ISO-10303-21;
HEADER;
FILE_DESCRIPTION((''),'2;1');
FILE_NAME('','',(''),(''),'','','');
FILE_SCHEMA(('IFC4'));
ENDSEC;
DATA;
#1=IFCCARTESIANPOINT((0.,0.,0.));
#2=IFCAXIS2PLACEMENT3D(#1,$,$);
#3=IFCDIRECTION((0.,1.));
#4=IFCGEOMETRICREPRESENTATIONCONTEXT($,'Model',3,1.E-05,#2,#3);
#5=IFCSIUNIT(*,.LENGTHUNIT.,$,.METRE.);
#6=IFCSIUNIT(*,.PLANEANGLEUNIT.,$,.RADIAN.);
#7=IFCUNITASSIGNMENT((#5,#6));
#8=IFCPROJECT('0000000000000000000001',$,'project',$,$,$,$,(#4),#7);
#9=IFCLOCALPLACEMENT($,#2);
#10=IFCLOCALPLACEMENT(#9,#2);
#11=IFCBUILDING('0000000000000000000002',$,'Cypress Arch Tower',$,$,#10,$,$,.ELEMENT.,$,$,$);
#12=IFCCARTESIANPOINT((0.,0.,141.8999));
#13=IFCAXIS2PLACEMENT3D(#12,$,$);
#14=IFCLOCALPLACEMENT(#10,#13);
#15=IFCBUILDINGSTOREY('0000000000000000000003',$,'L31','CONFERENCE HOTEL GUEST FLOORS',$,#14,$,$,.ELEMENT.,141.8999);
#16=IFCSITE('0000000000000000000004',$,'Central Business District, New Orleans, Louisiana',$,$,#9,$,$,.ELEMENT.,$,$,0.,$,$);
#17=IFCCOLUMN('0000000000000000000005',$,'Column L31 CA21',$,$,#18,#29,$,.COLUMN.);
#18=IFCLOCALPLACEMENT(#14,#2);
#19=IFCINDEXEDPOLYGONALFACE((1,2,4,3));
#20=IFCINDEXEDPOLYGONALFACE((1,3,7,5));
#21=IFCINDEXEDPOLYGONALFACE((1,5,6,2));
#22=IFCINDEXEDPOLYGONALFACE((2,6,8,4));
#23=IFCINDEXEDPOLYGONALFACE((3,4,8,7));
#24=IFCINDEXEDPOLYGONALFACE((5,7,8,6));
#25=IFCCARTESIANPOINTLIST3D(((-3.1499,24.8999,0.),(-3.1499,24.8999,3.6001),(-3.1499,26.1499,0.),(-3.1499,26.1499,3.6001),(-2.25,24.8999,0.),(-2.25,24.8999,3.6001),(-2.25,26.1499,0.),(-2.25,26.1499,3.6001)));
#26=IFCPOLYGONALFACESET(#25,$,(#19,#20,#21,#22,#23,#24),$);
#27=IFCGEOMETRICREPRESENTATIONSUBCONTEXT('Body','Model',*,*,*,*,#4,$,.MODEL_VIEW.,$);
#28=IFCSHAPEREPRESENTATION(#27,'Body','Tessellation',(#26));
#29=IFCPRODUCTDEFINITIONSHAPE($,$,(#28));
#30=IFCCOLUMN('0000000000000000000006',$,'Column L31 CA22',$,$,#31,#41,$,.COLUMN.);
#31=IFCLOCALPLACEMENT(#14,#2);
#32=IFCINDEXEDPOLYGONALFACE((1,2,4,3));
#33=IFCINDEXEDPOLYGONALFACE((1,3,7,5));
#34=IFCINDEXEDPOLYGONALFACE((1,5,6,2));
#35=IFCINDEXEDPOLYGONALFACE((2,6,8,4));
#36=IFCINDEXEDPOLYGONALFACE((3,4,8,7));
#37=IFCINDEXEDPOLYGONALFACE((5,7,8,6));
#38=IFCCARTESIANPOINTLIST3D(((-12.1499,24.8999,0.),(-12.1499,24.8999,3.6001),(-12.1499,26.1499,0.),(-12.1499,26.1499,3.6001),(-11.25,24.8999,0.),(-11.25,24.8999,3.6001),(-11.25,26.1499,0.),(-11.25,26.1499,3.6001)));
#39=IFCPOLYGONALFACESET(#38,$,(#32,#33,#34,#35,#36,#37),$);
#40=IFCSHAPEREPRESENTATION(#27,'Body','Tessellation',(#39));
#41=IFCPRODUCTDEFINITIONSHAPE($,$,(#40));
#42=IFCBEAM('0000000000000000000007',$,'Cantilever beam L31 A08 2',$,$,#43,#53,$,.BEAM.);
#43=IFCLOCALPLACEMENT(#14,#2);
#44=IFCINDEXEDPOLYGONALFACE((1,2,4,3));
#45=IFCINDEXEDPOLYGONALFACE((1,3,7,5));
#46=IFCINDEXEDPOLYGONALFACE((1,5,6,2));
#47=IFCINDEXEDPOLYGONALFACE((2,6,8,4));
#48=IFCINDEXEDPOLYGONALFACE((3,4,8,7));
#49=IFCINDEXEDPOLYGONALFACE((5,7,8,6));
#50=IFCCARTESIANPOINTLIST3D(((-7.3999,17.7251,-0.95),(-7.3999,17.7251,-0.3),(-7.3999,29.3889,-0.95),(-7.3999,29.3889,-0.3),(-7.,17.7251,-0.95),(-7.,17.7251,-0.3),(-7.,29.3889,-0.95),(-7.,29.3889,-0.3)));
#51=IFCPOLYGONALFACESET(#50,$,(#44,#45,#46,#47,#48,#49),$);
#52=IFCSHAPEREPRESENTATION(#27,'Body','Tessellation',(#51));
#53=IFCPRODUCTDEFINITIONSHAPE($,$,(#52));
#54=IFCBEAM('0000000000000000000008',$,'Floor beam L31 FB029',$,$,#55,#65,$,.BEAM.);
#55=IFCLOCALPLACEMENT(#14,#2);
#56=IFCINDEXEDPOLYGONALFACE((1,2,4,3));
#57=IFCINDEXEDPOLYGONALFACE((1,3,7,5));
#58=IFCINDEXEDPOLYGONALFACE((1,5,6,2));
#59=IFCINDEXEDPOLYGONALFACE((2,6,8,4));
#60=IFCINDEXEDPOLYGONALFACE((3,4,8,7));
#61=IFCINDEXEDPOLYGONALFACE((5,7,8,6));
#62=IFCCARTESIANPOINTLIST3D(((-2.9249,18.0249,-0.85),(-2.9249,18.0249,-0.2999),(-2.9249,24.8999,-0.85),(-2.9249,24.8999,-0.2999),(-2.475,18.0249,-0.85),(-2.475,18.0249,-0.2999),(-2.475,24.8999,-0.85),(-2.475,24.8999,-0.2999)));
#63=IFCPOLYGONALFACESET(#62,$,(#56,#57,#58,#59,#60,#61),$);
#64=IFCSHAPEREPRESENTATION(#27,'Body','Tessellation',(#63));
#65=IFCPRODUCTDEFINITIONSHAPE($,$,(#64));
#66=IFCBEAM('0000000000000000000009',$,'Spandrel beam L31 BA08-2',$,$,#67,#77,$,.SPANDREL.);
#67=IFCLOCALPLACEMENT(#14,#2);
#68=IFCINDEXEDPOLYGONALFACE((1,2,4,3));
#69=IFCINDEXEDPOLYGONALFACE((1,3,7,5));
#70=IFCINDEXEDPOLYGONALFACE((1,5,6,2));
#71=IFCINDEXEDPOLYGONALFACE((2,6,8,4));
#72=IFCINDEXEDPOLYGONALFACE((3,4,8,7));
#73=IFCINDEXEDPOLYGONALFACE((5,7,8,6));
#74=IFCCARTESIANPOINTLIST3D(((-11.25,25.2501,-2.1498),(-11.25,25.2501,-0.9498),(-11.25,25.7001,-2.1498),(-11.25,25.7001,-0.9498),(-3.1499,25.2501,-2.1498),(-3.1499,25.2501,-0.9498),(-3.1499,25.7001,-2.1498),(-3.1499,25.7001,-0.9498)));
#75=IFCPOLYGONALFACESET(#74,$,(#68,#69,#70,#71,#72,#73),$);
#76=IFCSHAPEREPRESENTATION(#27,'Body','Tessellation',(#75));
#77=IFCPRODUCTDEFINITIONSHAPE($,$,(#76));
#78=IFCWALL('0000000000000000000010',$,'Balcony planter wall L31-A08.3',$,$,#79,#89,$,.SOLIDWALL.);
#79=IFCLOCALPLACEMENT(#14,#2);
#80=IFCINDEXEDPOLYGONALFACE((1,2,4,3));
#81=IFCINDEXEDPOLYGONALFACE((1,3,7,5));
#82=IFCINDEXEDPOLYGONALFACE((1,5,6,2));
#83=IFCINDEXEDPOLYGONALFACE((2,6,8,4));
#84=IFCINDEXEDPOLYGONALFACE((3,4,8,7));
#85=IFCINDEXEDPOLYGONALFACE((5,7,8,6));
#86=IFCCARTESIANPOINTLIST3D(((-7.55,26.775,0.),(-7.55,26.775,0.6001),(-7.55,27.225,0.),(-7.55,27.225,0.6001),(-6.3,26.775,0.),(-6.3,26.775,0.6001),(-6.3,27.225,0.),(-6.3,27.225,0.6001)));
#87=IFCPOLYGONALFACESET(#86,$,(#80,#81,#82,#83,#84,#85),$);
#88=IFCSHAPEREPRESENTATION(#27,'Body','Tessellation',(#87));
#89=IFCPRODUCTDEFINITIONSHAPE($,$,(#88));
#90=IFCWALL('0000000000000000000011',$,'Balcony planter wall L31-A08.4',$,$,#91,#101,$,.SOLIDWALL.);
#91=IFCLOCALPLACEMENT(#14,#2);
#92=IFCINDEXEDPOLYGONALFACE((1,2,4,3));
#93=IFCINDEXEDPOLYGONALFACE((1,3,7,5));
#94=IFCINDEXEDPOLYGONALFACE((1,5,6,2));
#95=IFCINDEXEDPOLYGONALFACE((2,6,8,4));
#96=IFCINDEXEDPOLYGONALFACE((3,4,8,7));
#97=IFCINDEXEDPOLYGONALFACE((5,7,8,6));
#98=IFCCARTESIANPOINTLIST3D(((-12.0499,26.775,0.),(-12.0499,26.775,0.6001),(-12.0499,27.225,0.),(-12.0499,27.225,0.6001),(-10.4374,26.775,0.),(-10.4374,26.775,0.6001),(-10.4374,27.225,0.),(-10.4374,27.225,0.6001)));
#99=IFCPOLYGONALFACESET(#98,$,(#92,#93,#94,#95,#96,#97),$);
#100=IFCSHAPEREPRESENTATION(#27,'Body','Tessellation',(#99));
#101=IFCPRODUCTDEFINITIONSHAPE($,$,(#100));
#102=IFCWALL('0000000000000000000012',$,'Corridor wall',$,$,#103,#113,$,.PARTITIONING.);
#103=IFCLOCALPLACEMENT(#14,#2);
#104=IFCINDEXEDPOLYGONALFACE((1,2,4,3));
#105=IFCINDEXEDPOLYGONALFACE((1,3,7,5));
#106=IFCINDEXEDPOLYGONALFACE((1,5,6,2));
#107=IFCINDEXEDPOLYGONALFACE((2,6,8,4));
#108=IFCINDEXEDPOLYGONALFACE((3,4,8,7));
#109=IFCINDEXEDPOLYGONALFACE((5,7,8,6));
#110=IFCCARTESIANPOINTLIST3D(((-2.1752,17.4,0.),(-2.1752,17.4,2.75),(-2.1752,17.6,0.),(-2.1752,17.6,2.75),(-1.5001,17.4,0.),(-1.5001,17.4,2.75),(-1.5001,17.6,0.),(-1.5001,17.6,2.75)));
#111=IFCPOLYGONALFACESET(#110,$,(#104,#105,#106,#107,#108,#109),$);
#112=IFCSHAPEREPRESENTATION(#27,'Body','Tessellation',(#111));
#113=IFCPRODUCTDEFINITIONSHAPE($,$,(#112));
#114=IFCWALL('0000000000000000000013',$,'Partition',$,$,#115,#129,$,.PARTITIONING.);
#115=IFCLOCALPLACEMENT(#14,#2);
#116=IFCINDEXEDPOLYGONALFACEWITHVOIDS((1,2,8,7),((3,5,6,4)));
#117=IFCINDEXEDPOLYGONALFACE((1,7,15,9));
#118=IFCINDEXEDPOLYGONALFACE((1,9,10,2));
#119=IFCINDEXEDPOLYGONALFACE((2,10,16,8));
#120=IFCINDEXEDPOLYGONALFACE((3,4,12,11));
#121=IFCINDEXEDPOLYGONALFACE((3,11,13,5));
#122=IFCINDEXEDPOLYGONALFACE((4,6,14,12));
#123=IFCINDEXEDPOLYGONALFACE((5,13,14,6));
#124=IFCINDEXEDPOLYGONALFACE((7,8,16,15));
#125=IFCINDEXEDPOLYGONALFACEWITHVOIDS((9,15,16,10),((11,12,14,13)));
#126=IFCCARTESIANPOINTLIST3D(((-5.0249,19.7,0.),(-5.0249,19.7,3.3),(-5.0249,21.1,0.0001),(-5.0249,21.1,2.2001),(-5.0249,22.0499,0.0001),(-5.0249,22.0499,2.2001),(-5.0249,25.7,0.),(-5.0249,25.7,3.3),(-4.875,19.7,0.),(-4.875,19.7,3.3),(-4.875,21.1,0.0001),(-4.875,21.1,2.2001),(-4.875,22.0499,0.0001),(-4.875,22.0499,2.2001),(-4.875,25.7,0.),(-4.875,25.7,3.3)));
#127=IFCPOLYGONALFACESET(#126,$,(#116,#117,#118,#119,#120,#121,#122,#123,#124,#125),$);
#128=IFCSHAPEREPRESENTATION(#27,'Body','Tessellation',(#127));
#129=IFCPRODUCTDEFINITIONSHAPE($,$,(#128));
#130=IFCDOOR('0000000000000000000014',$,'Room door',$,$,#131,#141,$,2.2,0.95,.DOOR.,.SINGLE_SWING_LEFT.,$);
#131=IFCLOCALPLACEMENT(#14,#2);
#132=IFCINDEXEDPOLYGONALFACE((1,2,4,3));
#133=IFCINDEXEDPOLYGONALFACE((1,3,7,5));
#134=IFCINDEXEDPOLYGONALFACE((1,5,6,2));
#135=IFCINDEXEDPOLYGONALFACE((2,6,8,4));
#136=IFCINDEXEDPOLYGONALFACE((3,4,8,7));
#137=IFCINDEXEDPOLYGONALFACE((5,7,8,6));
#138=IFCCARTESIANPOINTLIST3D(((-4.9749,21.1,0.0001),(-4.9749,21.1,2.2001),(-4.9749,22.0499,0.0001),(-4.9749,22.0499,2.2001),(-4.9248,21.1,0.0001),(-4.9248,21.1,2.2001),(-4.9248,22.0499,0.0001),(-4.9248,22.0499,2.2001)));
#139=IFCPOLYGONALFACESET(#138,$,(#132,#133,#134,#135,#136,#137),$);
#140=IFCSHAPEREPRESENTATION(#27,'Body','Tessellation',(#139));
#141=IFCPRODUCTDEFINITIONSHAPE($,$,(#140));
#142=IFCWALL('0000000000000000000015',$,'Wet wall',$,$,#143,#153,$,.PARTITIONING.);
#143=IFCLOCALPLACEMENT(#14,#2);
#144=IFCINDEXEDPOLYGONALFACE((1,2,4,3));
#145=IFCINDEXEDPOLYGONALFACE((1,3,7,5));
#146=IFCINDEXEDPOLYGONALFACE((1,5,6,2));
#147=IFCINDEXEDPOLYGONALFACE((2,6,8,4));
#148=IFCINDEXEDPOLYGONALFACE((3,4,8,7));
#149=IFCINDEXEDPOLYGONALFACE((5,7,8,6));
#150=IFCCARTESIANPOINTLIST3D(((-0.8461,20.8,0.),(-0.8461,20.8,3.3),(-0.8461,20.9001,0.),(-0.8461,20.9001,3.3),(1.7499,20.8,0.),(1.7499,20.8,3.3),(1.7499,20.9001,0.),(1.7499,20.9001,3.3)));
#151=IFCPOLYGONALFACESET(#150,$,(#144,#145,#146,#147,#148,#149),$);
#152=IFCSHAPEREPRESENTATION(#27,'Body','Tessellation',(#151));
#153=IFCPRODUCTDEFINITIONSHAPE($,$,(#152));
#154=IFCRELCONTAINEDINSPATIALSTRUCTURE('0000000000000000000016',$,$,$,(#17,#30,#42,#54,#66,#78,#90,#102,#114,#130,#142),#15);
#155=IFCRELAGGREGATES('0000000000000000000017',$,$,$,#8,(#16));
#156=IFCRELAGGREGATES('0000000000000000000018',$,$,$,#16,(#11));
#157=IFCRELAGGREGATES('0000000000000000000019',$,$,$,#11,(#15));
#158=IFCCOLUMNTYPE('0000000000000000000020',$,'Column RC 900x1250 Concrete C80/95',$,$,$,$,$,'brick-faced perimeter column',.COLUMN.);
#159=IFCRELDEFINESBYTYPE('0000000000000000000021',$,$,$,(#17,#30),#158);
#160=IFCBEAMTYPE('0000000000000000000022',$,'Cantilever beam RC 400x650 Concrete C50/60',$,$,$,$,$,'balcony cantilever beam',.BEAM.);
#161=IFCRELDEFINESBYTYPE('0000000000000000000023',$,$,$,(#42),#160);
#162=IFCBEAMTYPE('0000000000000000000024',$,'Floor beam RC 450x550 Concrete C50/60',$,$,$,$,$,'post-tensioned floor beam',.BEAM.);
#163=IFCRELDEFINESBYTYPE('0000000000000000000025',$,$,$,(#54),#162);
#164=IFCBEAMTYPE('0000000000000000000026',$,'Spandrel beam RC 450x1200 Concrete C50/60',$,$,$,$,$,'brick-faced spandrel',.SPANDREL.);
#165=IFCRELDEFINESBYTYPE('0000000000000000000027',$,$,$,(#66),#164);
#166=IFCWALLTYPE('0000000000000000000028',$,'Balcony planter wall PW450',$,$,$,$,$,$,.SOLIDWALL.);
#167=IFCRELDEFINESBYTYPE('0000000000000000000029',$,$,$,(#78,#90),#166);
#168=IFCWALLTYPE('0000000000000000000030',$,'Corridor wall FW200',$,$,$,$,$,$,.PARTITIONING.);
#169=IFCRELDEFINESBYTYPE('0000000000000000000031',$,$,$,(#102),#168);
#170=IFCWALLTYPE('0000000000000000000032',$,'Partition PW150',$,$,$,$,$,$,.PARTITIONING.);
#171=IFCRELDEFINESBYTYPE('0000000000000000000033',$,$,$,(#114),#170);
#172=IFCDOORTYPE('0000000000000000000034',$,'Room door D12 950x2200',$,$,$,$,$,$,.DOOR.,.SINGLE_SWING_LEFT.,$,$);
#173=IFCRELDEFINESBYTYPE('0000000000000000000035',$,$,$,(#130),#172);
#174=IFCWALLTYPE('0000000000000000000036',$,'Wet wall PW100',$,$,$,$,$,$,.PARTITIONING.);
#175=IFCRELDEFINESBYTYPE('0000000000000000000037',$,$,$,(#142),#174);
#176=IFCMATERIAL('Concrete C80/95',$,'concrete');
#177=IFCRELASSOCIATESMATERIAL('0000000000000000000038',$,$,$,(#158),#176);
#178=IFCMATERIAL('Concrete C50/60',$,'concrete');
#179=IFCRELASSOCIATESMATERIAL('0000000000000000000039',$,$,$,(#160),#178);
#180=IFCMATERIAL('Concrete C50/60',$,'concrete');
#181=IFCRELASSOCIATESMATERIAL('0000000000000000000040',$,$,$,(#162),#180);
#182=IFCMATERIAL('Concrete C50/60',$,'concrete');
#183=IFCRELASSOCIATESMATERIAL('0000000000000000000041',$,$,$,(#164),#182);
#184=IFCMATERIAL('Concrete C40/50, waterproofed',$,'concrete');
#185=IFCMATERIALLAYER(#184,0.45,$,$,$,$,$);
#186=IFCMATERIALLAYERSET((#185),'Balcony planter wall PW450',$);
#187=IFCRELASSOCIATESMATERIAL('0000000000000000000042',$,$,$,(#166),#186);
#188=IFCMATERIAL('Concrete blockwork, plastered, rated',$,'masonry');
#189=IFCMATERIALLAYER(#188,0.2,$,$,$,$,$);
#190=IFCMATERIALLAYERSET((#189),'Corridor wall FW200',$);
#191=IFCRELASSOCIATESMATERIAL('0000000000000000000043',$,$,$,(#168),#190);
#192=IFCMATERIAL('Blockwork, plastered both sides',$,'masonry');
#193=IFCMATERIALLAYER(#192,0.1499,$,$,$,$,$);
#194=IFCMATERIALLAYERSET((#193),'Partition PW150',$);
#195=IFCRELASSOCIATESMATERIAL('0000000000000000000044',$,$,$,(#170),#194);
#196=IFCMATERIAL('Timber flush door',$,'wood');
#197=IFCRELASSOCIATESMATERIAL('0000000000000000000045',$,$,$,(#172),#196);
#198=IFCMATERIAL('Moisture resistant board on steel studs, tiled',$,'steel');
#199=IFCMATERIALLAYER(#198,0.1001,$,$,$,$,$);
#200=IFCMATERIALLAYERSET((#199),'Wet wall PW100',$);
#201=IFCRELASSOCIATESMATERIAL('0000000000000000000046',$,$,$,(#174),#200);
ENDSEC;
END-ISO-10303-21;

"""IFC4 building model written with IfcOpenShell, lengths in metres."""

from ifc_helpers import new_model, si_unit, direction, frame, frame_2d, origin, origin_2d, place, context, subcontext, project, spatial, rectangle, extrude, material, layer, layer_set, material_profile, profile_set, type_object, element, fill, save


model = new_model("IFC4")

# Units and contexts
model_context = context("Model", 3, precision=1e-05, world=origin(), true_north=direction((0.0, 1.0)))
body_context = subcontext(model_context, "Body", "Model", "MODEL_VIEW")
ifc_project = project(units=[si_unit("LENGTHUNIT", "METRE"), si_unit("PLANEANGLEUNIT", "RADIAN")], contexts=[model_context])

# Site, building, storey
site_placement = place(None, origin())
site = spatial("IfcSite", under=ifc_project, at=site_placement, Name="Central Business District, New Orleans, Louisiana", CompositionType="ELEMENT", RefElevation=0.0)
building_placement = place(site_placement, origin())
building = spatial("IfcBuilding", under=site, at=building_placement, Name="Cypress Arch Tower", CompositionType="ELEMENT")
storey_placement = place(building_placement, frame((0.0, 0.0, 141.8999)))
storey = spatial("IfcBuildingStorey", under=building, at=storey_placement, Name="L31", Description="CONFERENCE HOTEL GUEST FLOORS", CompositionType="ELEMENT", Elevation=141.8999)

# Columns
ifc_material_1 = material(Name="Concrete C80/95", Category="concrete")
ifc_material_profile_1 = material_profile(ifc_material_1, rectangle(XDim=0.8999, YDim=1.25, at=origin_2d()), Name="RC 900x1250")
ifc_profile_set_1 = profile_set([ifc_material_profile_1], Name="Concrete C80/95")
column_type = type_object("IfcColumnType", Name="Column RC 900x1250 Concrete C80/95", ElementType="brick-faced perimeter column", PredefinedType="COLUMN", material=ifc_profile_set_1)
for number, where, z_axis, x_axis, name in (
    (1, (-2.7, 25.5249, 0.0), (0.0, 0.0, 1.0), (-1.0, 0.0, 0.0), "Column L31 CA21"),
    (2, (-11.7, 25.5249, 0.0), (0.0, 0.0, 1.0), (-1.0, 0.0, 0.0), "Column L31 CA22"),
):
    element("IfcColumn", number, at=place(storey_placement, frame(where, z_axis=z_axis, x_axis=x_axis)), inside=storey, type_object=column_type, Name=name, PredefinedType="COLUMN", context=body_context, shape_type="SweptSolid", body=[
        extrude(rectangle(XDim=0.8999, YDim=1.25, at=origin_2d()), origin(), (0.0, 0.0, 1.0), 3.6001),
    ])

# Beams
ifc_material_2 = material(Name="Concrete C50/60", Category="concrete")
ifc_material_profile_2 = material_profile(ifc_material_2, rectangle(XDim=0.3999, YDim=0.6499, at=origin_2d()), Name="RC 400x650")
ifc_profile_set_2 = profile_set([ifc_material_profile_2], Name="Concrete C50/60")
beam_type_1 = type_object("IfcBeamType", Name="Cantilever beam RC 400x650 Concrete C50/60", ElementType="balcony cantilever beam", PredefinedType="BEAM", material=ifc_profile_set_2)
beam_1_placement = place(storey_placement, frame((-7.2, 17.7251, -0.625), z_axis=(0.0, 1.0, 0.0), x_axis=(-1.0, 0.0, 0.0)))
element("IfcBeam", 3, at=beam_1_placement, inside=storey, type_object=beam_type_1, Name="Cantilever beam L31 A08 2", PredefinedType="BEAM", context=body_context, shape_type="SweptSolid", body=[
    extrude(rectangle(XDim=0.3999, YDim=0.6499, at=origin_2d()), origin(), (0.0, 0.0, 1.0), 11.6638),
])
ifc_material_3 = material(Name="Concrete C50/60", Category="concrete")
ifc_material_profile_3 = material_profile(ifc_material_3, rectangle(XDim=0.45, YDim=0.55, at=origin_2d()), Name="RC 450x550")
ifc_profile_set_3 = profile_set([ifc_material_profile_3], Name="Concrete C50/60")
beam_type_2 = type_object("IfcBeamType", Name="Floor beam RC 450x550 Concrete C50/60", ElementType="post-tensioned floor beam", PredefinedType="BEAM", material=ifc_profile_set_3)
beam_2_placement = place(storey_placement, frame((-2.7, 18.0249, -0.575), z_axis=(0.0, 1.0, 0.0), x_axis=(-1.0, 0.0, 0.0)))
element("IfcBeam", 4, at=beam_2_placement, inside=storey, type_object=beam_type_2, Name="Floor beam L31 FB029", PredefinedType="BEAM", context=body_context, shape_type="SweptSolid", body=[
    extrude(rectangle(XDim=0.45, YDim=0.55, at=origin_2d()), origin(), (0.0, 0.0, 1.0), 6.875),
])
ifc_material_4 = material(Name="Concrete C50/60", Category="concrete")
ifc_material_profile_4 = material_profile(ifc_material_4, rectangle(XDim=0.45, YDim=1.2, at=origin_2d()), Name="RC 450x1200")
ifc_profile_set_4 = profile_set([ifc_material_profile_4], Name="Concrete C50/60")
beam_type_3 = type_object("IfcBeamType", Name="Spandrel beam RC 450x1200 Concrete C50/60", ElementType="brick-faced spandrel", PredefinedType="SPANDREL", material=ifc_profile_set_4)
beam_3_placement = place(storey_placement, frame((-3.1499, 25.4751, -1.5498), z_axis=(-1.0, 0.0, 0.0), x_axis=(0.0, -1.0, 0.0)))
element("IfcBeam", 5, at=beam_3_placement, inside=storey, type_object=beam_type_3, Name="Spandrel beam L31 BA08-2", PredefinedType="SPANDREL", context=body_context, shape_type="SweptSolid", body=[
    extrude(rectangle(XDim=0.45, YDim=1.2, at=origin_2d()), origin(), (0.0, 0.0, 1.0), 8.1001),
])

# Walls
ifc_material_5 = material(Name="Concrete C40/50, waterproofed", Category="concrete")
ifc_layer_1 = layer(ifc_material_5, 0.45)
ifc_layer_set_1 = layer_set([ifc_layer_1], Name="Balcony planter wall PW450")
wall_type_1 = type_object("IfcWallType", Name="Balcony planter wall PW450", PredefinedType="SOLIDWALL", material=ifc_layer_set_1)
wall_1_placement = place(storey_placement, frame((-6.3, 27.0, 0.0), z_axis=(0.0, 0.0, 1.0), x_axis=(-1.0, 0.0, 0.0)))
element("IfcWall", 6, at=wall_1_placement, inside=storey, type_object=wall_type_1, Name="Balcony planter wall L31-A08.3", PredefinedType="SOLIDWALL", context=body_context, shape_type="SweptSolid", body=[
    extrude(rectangle(XDim=1.25, YDim=0.45, at=frame_2d((0.625, 0.0))), origin(), (0.0, 0.0, 1.0), 0.6001),
])
wall_2_placement = place(storey_placement, frame((-10.4375, 27.0, 0.0), z_axis=(0.0, 0.0, 1.0), x_axis=(-1.0, 0.0, 0.0)))
element("IfcWall", 7, at=wall_2_placement, inside=storey, type_object=wall_type_1, Name="Balcony planter wall L31-A08.4", PredefinedType="SOLIDWALL", context=body_context, shape_type="SweptSolid", body=[
    extrude(rectangle(XDim=1.6125, YDim=0.45, at=frame_2d((0.8062, 0.0))), origin(), (0.0, 0.0, 1.0), 0.6001),
])

# Wall
ifc_material_6 = material(Name="Concrete blockwork, plastered, rated", Category="masonry")
ifc_layer_2 = layer(ifc_material_6, 0.2)
ifc_layer_set_2 = layer_set([ifc_layer_2], Name="Corridor wall FW200")
wall_type_2 = type_object("IfcWallType", Name="Corridor wall FW200", PredefinedType="PARTITIONING", material=ifc_layer_set_2)
wall_3_placement = place(storey_placement, frame((-2.175, 17.5, 0.0), z_axis=(0.0, 0.0, 1.0), x_axis=(1.0, 0.0, 0.0)))
element("IfcWall", 8, at=wall_3_placement, inside=storey, type_object=wall_type_2, Name="Corridor wall", PredefinedType="PARTITIONING", context=body_context, shape_type="SweptSolid", body=[
    extrude(rectangle(XDim=0.675, YDim=0.2, at=frame_2d((0.3374, 0.0))), origin(), (0.0, 0.0, 1.0), 2.75),
])

# Wall, opening, door
ifc_material_7 = material(Name="Blockwork, plastered both sides", Category="masonry")
ifc_layer_3 = layer(ifc_material_7, 0.1499)
ifc_layer_set_3 = layer_set([ifc_layer_3], Name="Partition PW150")
wall_type_3 = type_object("IfcWallType", Name="Partition PW150", PredefinedType="PARTITIONING", material=ifc_layer_set_3)
wall_4_placement = place(storey_placement, frame((-4.95, 19.7, 0.0), z_axis=(0.0, 0.0, 1.0), x_axis=(0.0, 1.0, 0.0)))
wall_4 = element("IfcWall", 9, at=wall_4_placement, inside=storey, type_object=wall_type_3, Name="Partition", PredefinedType="PARTITIONING", context=body_context, shape_type="SweptSolid", body=[
    extrude(rectangle(XDim=6.0, YDim=0.1499, at=frame_2d((3.0, 0.0))), origin(), (0.0, 0.0, 1.0), 3.3),
])
opening_1_placement = place(wall_4_placement, frame((1.3999, 0.0, 0.0)))
opening_1 = element("IfcOpeningElement", 10, at=opening_1_placement, cuts=wall_4, PredefinedType="OPENING", context=body_context, shape_type="SweptSolid", body=[
    extrude(rectangle(XDim=0.95, YDim=2.2, at=frame_2d((0.4751, 1.1001))), frame((0.0, 0.085, 0.0), z_axis=(0.0, -1.0, 0.0), x_axis=(1.0, 0.0, 0.0)), (0.0, 0.0, 1.0), 0.1699),
])
ifc_material_8 = material(Name="Timber flush door", Category="wood")
door_type_1 = type_object("IfcDoorType", Name="Room door D12 950x2200", OperationType="SINGLE_SWING_LEFT", PredefinedType="DOOR", material=ifc_material_8)
door_1_placement = place(opening_1_placement, origin())
door_1 = element("IfcDoor", 11, at=door_1_placement, inside=storey, type_object=door_type_1, Name="Room door", OperationType="SINGLE_SWING_LEFT", OverallHeight=2.2, OverallWidth=0.95, PredefinedType="DOOR", context=body_context, shape_type="SweptSolid", body=[
    extrude(rectangle(XDim=0.95, YDim=2.2, at=frame_2d((0.4751, 1.1001))), frame((0.0, 0.0249, 0.0), z_axis=(0.0, -1.0, 0.0), x_axis=(1.0, 0.0, 0.0)), (0.0, 0.0, 1.0), 0.05),
])
fill(opening_1, door_1)

# Wall
ifc_material_9 = material(Name="Moisture resistant board on steel studs, tiled", Category="steel")
ifc_layer_4 = layer(ifc_material_9, 0.1001)
ifc_layer_set_4 = layer_set([ifc_layer_4], Name="Wet wall PW100")
wall_type_4 = type_object("IfcWallType", Name="Wet wall PW100", PredefinedType="PARTITIONING", material=ifc_layer_set_4)
wall_5_placement = place(storey_placement, frame((-0.8459, 20.8501, 0.0), z_axis=(0.0, 0.0, 1.0), x_axis=(1.0, 0.0, 0.0)))
element("IfcWall", 12, at=wall_5_placement, inside=storey, type_object=wall_type_4, Name="Wet wall", PredefinedType="PARTITIONING", context=body_context, shape_type="SweptSolid", body=[
    extrude(rectangle(XDim=2.5959, YDim=0.1001, at=frame_2d((1.2979, 0.0))), origin(), (0.0, 0.0, 1.0), 3.3),
])

save(model, "model.ifc")
